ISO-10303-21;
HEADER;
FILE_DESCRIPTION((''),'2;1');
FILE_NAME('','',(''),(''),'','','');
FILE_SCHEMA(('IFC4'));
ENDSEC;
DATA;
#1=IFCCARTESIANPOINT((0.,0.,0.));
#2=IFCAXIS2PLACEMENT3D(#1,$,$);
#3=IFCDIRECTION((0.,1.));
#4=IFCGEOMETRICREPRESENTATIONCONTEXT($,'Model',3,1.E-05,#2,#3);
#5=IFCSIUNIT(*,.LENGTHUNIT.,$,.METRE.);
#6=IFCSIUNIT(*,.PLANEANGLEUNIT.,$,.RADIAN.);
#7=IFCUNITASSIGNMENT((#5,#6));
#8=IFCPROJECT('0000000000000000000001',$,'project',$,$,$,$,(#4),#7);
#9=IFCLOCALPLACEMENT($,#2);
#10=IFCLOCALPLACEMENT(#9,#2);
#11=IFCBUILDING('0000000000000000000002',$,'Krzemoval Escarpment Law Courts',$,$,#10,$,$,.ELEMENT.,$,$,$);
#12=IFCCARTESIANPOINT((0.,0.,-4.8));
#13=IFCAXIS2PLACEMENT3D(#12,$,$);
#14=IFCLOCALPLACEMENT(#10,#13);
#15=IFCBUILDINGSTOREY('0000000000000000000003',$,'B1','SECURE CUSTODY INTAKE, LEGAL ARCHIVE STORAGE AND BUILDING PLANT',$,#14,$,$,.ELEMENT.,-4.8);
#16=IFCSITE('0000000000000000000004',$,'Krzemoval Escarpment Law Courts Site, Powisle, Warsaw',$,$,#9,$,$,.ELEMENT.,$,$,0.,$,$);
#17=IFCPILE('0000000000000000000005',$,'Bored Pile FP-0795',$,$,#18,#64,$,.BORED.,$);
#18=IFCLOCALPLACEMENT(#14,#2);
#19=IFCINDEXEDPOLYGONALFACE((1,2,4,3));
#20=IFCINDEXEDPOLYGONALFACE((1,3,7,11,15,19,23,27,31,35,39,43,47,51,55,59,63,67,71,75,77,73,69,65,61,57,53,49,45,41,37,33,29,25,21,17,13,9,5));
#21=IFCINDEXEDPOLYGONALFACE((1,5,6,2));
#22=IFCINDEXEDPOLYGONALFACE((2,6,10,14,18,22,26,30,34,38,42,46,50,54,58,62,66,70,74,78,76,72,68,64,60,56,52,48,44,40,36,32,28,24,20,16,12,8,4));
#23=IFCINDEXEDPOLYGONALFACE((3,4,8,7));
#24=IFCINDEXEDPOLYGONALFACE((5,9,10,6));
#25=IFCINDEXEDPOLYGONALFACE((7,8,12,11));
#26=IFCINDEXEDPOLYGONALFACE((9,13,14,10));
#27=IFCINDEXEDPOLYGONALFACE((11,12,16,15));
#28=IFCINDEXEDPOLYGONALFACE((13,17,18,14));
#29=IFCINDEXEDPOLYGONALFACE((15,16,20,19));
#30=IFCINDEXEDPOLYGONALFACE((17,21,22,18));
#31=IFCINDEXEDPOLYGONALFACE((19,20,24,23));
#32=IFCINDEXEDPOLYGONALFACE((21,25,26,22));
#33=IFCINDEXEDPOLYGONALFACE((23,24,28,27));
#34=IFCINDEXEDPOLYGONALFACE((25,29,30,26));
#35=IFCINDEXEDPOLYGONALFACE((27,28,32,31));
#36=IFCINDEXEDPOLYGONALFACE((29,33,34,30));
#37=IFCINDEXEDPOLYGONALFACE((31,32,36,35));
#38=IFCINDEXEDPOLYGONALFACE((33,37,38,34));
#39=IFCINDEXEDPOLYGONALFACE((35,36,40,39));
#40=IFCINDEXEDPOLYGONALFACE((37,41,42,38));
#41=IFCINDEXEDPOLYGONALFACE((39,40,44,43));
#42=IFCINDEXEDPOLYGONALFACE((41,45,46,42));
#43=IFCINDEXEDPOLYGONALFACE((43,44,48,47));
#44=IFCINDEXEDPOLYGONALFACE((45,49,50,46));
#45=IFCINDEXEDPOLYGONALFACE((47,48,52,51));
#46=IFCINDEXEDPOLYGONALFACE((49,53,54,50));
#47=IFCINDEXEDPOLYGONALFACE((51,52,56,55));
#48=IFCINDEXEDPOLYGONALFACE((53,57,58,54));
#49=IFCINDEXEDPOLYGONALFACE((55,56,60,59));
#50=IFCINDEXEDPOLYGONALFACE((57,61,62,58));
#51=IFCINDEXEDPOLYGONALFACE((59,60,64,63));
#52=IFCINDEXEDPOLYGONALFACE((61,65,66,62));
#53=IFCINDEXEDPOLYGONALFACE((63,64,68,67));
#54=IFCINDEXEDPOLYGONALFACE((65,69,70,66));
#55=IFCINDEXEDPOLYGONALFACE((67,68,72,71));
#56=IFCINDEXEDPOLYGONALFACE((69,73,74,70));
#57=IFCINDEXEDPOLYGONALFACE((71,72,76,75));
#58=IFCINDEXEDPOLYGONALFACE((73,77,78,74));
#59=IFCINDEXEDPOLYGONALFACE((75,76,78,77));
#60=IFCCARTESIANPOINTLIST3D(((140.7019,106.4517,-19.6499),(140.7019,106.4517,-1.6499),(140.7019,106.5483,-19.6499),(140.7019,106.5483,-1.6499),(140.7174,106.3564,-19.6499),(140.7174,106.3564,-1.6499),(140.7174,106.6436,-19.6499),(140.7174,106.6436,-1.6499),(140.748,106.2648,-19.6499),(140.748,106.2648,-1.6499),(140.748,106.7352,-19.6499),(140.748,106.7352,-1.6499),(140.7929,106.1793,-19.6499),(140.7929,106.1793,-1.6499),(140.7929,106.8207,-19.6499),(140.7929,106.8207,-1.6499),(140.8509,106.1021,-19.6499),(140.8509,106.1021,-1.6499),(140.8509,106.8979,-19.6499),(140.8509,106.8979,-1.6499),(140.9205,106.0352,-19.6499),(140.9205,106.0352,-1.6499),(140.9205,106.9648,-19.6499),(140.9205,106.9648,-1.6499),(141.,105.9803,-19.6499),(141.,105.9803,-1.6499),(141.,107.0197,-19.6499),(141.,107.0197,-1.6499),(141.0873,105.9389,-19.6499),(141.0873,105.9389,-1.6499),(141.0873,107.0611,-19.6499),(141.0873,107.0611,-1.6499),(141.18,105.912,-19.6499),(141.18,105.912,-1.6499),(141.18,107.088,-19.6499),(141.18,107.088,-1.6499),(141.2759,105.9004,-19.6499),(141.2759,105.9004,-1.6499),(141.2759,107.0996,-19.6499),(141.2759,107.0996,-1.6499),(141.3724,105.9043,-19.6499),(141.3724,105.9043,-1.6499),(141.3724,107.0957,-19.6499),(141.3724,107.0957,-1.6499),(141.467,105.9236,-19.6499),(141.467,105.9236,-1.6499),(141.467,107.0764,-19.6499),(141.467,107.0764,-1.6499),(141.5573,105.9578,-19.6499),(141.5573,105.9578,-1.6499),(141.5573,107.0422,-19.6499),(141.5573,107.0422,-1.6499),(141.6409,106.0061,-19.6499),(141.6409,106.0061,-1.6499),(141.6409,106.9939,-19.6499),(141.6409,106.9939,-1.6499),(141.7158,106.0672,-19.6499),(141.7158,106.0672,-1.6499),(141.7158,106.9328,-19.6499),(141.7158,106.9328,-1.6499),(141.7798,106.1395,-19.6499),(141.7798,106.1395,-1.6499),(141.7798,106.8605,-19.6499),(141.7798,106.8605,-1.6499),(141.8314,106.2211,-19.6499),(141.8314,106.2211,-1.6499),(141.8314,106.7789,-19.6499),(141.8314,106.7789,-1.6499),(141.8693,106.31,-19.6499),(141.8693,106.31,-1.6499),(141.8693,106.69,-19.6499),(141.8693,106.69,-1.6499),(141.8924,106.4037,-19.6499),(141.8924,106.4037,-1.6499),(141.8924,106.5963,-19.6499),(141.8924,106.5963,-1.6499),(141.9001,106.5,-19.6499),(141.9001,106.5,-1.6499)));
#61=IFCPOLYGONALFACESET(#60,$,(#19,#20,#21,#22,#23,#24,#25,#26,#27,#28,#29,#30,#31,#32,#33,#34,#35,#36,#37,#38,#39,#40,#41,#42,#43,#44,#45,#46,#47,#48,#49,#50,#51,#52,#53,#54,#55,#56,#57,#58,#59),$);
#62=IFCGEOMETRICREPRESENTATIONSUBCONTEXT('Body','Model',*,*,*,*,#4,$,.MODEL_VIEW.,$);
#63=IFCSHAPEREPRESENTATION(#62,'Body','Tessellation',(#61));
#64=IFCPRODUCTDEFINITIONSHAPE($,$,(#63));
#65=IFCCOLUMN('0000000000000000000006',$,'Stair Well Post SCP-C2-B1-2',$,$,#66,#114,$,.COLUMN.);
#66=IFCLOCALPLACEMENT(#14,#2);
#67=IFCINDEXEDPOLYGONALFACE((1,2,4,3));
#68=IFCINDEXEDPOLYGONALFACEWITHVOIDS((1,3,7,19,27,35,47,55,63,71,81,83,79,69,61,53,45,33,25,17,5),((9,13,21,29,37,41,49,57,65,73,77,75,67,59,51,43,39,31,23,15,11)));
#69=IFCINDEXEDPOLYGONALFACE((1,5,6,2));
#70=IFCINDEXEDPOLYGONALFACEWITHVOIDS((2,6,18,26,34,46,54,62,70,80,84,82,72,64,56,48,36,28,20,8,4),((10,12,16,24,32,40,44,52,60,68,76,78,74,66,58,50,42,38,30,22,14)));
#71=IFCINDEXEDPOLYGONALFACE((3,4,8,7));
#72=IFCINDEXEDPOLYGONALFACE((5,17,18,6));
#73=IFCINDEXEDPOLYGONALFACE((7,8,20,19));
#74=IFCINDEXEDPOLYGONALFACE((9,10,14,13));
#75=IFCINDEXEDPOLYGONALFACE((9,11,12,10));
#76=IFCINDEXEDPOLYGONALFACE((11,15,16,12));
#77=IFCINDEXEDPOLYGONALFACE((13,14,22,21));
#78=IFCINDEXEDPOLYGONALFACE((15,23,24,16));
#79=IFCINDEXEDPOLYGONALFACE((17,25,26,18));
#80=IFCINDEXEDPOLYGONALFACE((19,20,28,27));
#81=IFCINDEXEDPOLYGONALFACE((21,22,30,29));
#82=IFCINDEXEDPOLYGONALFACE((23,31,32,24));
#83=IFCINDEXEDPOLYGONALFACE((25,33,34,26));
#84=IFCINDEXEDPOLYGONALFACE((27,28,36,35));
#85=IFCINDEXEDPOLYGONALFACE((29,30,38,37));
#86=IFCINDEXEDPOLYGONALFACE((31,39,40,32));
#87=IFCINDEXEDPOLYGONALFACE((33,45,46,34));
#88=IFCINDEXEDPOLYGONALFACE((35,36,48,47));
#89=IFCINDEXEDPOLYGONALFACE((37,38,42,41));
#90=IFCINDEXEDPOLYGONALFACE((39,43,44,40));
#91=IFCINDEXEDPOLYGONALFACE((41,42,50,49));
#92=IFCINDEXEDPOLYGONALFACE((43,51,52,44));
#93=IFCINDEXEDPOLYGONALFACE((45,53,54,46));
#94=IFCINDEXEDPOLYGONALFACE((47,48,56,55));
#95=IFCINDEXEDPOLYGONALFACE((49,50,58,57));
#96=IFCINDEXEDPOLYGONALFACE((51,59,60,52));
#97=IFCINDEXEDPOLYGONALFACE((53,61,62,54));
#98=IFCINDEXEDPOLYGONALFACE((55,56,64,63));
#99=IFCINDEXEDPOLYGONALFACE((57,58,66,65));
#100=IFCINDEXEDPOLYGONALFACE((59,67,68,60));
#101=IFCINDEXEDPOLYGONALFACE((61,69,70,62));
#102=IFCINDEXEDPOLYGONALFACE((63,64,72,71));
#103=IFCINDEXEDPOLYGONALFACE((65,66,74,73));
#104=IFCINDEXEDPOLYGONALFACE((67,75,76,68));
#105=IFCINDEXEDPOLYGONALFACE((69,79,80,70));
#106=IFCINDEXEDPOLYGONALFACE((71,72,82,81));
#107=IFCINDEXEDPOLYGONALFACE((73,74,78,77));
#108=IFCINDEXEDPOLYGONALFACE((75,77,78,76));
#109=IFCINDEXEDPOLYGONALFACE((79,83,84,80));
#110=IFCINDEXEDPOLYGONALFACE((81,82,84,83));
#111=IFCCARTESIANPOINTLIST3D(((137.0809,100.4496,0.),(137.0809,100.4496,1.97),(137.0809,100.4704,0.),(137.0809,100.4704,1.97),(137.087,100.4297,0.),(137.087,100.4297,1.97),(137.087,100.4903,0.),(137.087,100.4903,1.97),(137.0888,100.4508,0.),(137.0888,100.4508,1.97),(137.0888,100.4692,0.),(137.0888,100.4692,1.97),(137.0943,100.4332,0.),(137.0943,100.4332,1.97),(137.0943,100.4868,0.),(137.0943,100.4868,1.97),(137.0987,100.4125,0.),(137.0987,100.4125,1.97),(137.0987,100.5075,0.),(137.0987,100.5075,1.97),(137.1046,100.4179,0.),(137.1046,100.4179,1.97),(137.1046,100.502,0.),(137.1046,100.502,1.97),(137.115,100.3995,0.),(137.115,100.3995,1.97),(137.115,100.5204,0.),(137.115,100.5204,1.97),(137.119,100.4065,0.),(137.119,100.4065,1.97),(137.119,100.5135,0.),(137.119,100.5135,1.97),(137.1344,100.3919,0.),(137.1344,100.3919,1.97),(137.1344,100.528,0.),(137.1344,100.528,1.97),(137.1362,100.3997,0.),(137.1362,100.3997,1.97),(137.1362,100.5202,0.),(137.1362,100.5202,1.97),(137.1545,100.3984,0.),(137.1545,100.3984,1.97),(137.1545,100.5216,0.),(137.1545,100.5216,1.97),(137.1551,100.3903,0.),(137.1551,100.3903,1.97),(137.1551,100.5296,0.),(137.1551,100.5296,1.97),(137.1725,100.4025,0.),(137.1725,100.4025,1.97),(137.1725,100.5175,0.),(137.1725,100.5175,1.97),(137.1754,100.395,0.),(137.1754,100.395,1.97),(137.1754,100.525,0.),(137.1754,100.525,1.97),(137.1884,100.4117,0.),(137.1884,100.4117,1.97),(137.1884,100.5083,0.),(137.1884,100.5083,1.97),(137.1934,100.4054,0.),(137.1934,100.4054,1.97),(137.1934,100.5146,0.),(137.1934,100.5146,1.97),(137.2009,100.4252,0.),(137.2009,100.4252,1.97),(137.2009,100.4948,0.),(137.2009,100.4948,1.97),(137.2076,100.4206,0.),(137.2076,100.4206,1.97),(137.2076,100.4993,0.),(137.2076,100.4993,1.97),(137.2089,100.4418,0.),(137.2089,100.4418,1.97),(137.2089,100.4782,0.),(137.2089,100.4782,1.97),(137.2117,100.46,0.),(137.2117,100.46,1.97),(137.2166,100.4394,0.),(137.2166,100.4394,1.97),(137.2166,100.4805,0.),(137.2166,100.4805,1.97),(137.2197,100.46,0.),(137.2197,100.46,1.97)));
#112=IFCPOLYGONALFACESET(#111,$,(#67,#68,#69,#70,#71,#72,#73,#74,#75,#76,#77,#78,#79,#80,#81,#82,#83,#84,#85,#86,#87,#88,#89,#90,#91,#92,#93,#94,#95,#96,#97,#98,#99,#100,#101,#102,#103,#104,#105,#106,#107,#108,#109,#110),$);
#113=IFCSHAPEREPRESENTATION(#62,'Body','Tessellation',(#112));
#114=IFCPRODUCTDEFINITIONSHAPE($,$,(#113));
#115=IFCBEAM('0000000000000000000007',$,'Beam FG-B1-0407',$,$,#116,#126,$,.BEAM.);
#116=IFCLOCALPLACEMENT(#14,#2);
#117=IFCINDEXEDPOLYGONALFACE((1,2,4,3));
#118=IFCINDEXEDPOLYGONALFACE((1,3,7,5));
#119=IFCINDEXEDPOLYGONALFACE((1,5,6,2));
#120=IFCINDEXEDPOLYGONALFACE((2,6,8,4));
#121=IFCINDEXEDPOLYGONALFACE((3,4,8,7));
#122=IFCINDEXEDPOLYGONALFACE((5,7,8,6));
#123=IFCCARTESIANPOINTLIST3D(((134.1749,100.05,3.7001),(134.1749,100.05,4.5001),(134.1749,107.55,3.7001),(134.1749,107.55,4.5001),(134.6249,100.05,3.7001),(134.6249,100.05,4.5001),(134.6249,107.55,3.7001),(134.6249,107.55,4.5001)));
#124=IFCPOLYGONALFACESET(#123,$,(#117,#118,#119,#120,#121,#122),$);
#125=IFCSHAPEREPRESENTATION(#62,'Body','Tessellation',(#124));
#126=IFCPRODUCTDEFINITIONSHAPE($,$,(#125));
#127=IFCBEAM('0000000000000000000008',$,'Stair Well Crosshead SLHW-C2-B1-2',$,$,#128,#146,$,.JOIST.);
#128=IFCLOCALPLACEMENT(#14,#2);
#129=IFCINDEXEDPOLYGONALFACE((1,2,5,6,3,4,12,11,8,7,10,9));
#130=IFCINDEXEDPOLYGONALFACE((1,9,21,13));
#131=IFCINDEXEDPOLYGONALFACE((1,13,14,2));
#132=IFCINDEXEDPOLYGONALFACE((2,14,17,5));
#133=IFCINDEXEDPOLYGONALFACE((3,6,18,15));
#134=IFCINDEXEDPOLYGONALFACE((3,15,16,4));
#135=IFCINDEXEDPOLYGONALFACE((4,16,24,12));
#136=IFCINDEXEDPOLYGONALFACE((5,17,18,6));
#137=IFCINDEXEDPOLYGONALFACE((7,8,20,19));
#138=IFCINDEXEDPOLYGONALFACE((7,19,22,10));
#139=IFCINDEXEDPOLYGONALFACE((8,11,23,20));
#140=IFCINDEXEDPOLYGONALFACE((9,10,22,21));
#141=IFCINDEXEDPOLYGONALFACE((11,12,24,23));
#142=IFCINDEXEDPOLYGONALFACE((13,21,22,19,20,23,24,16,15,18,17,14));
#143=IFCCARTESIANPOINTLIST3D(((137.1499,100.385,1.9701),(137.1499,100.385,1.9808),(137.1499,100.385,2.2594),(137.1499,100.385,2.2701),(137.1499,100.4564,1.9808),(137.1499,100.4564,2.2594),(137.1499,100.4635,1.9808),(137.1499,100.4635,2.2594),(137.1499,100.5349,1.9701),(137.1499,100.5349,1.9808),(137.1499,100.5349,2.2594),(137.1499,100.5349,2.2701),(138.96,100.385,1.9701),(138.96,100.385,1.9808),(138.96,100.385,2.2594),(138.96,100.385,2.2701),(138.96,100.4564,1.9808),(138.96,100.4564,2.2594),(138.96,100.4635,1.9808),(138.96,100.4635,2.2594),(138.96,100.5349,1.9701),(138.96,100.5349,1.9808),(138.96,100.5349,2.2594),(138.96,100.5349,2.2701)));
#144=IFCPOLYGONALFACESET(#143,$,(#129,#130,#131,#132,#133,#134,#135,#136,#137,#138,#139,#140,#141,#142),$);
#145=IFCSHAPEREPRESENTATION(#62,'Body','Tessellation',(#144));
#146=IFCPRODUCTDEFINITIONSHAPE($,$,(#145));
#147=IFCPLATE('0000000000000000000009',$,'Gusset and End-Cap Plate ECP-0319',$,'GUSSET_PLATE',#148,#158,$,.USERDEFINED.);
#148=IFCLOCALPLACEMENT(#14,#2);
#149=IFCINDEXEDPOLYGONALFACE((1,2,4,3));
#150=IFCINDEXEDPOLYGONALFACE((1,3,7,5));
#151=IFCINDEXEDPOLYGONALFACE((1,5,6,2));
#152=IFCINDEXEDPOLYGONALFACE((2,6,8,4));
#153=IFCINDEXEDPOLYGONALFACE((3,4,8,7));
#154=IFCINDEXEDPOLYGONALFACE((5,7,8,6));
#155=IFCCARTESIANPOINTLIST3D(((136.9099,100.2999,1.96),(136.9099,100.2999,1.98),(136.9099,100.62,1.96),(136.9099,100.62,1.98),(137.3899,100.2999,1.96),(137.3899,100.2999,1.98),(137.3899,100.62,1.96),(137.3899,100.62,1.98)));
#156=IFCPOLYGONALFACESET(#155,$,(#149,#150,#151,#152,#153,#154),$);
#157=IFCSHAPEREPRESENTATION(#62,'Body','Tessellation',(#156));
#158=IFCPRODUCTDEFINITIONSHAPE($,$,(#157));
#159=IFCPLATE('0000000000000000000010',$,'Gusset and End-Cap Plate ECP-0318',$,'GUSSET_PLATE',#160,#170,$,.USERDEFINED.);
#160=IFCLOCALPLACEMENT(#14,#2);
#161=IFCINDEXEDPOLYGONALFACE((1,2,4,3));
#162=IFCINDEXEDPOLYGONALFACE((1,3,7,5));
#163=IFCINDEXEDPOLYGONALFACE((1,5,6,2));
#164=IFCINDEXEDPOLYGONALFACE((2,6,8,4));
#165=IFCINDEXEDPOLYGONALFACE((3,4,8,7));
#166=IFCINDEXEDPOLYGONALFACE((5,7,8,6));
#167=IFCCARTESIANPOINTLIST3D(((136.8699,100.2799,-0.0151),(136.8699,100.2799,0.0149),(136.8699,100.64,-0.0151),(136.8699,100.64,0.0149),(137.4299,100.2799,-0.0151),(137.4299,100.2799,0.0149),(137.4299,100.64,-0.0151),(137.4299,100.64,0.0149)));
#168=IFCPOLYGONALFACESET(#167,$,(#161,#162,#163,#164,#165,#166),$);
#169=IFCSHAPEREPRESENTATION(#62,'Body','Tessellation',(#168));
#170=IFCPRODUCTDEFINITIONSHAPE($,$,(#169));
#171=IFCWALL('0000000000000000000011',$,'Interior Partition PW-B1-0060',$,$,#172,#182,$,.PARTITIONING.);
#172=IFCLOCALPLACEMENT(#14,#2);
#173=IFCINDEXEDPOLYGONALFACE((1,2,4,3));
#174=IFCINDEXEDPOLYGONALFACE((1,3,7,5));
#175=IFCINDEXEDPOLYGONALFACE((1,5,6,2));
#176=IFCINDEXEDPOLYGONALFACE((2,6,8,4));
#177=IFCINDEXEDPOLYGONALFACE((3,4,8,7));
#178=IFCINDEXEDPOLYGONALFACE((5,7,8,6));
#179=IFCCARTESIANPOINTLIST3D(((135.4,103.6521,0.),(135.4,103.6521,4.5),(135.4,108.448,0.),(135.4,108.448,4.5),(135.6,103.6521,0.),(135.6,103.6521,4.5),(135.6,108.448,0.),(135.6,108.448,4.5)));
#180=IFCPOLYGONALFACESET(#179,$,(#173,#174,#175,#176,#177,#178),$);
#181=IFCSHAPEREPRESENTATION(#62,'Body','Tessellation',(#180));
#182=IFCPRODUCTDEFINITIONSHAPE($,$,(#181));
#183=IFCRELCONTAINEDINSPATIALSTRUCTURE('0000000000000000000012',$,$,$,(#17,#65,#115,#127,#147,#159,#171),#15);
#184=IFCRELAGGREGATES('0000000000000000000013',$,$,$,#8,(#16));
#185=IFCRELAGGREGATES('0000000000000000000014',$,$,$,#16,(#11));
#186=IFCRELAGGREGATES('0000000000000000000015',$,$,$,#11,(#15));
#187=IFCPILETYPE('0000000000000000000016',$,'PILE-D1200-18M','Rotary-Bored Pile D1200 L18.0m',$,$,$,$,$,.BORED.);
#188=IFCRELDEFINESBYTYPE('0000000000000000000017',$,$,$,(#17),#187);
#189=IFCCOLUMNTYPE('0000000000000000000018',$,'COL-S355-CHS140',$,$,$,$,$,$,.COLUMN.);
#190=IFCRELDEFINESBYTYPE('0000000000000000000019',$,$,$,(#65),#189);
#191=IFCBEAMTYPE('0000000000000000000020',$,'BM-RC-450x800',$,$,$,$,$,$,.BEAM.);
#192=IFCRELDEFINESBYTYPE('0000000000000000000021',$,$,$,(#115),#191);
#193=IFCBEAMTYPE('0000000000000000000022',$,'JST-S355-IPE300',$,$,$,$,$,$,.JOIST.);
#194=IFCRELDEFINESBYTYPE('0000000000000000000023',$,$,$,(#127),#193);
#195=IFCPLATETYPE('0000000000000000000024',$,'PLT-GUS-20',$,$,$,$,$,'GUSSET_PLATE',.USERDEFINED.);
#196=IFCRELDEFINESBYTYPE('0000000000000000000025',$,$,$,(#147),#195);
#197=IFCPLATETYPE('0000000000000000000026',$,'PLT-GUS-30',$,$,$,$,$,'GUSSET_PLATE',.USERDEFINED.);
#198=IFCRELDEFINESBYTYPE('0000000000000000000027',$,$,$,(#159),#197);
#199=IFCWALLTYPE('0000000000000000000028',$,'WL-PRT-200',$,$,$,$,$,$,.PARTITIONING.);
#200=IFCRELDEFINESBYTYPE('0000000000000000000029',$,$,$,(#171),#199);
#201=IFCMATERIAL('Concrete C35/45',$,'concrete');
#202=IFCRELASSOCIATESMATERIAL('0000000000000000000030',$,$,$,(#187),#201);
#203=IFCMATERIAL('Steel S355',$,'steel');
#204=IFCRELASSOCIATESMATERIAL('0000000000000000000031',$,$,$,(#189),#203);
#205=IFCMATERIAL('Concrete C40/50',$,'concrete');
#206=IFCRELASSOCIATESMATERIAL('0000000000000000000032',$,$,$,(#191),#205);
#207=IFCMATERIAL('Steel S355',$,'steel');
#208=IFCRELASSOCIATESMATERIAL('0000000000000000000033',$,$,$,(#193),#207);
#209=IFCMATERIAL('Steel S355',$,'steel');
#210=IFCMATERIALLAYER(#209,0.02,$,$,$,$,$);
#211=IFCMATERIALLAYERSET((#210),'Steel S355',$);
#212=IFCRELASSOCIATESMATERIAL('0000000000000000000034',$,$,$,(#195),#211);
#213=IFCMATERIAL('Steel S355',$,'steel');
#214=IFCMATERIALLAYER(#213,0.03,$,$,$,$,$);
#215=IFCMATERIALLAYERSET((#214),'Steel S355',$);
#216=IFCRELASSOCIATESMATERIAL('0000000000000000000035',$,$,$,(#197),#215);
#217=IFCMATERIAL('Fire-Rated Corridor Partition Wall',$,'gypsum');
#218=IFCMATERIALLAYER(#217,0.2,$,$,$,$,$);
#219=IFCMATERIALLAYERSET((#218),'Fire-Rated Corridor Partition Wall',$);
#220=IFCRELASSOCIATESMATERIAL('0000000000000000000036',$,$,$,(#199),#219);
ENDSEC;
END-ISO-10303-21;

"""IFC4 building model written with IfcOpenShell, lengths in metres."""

from ifc_helpers import new_model, si_unit, direction, frame, frame_2d, origin, origin_2d, place, context, subcontext, project, spatial, rectangle, circle, hollow_circle, i_section, extrude, material, layer, layer_set, material_profile, profile_set, type_object, element, save


model = new_model("IFC4")

# Units and contexts
model_context = context("Model", 3, precision=1e-05, world=origin(), true_north=direction((0.0, 1.0)))
body_context = subcontext(model_context, "Body", "Model", "MODEL_VIEW")
ifc_project = project(units=[si_unit("LENGTHUNIT", "METRE"), si_unit("PLANEANGLEUNIT", "RADIAN")], contexts=[model_context])

# Site, building, storey
site_placement = place(None, origin())
site = spatial("IfcSite", under=ifc_project, at=site_placement, Name="Krzemoval Escarpment Law Courts Site, Powisle, Warsaw", CompositionType="ELEMENT", RefElevation=0.0)
building_placement = place(site_placement, origin())
building = spatial("IfcBuilding", under=site, at=building_placement, Name="Krzemoval Escarpment Law Courts", CompositionType="ELEMENT")
storey_placement = place(building_placement, frame((0.0, 0.0, -4.8)))
storey = spatial("IfcBuildingStorey", under=building, at=storey_placement, Name="B1", Description="SECURE CUSTODY INTAKE, LEGAL ARCHIVE STORAGE AND BUILDING PLANT", CompositionType="ELEMENT", Elevation=-4.8)

# Pile
ifc_material_1 = material(Name="Concrete C35/45", Category="concrete")
ifc_material_profile_1 = material_profile(ifc_material_1, circle(Radius=0.6001, at=origin_2d()), Name="PILE D1200")
ifc_profile_set_1 = profile_set([ifc_material_profile_1], Name="Concrete C35/45")
pile_type = type_object("IfcPileType", Name="PILE-D1200-18M", Description="Rotary-Bored Pile D1200 L18.0m", PredefinedType="BORED", material=ifc_profile_set_1)
for number, where, z_axis, x_axis, name in (
    (1, (141.3, 106.5, -1.6499), (0.0, 0.0, -1.0), (1.0, 0.0, 0.0), "Bored Pile FP-0795"),
):
    element("IfcPile", number, at=place(storey_placement, frame(where, z_axis=z_axis, x_axis=x_axis)), inside=storey, type_object=pile_type, Name=name, PredefinedType="BORED", context=body_context, shape_type="SweptSolid", body=[
        extrude(circle(Radius=0.6001, at=origin_2d()), origin(), (0.0, 0.0, 1.0), 18.0),
    ])

# Column
ifc_material_2 = material(Name="Steel S355", Category="steel")
ifc_material_profile_2 = material_profile(ifc_material_2, hollow_circle(Radius=0.0698, WallThickness=0.0081, at=origin_2d()), Name="CHS 139.7x8")
ifc_profile_set_2 = profile_set([ifc_material_profile_2], Name="Steel S355")
column_type = type_object("IfcColumnType", Name="COL-S355-CHS140", PredefinedType="COLUMN", material=ifc_profile_set_2)
column_placement = place(storey_placement, frame((137.1499, 100.46, 0.0), z_axis=(0.0, 0.0, 1.0), x_axis=(1.0, 0.0, 0.0)))
element("IfcColumn", 2, at=column_placement, inside=storey, type_object=column_type, Name="Stair Well Post SCP-C2-B1-2", PredefinedType="COLUMN", context=body_context, shape_type="SweptSolid", body=[
    extrude(hollow_circle(Radius=0.0698, WallThickness=0.0081, at=origin_2d()), origin(), (0.0, 0.0, 1.0), 1.97),
])

# Beams
ifc_material_3 = material(Name="Concrete C40/50", Category="concrete")
ifc_material_profile_3 = material_profile(ifc_material_3, rectangle(XDim=0.45, YDim=0.8, at=origin_2d()), Name="RCB 450x800")
ifc_profile_set_3 = profile_set([ifc_material_profile_3], Name="Concrete C40/50")
beam_type_1 = type_object("IfcBeamType", Name="BM-RC-450x800", PredefinedType="BEAM", material=ifc_profile_set_3)
beam_1_placement = place(storey_placement, frame((134.3999, 100.05, 4.1001), z_axis=(0.0, 1.0, 0.0), x_axis=(-1.0, 0.0, 0.0)))
element("IfcBeam", 3, at=beam_1_placement, inside=storey, type_object=beam_type_1, Name="Beam FG-B1-0407", PredefinedType="BEAM", context=body_context, shape_type="SweptSolid", body=[
    extrude(rectangle(XDim=0.45, YDim=0.8, at=origin_2d()), origin(), (0.0, 0.0, 1.0), 7.5),
])
ifc_material_4 = material(Name="Steel S355", Category="steel")
ifc_material_profile_4 = material_profile(ifc_material_4, i_section(OverallWidth=0.1499, OverallDepth=0.3, WebThickness=0.0071, FlangeThickness=0.0107, at=origin_2d()), Name="IPE 300")
ifc_profile_set_4 = profile_set([ifc_material_profile_4], Name="Steel S355")
beam_type_2 = type_object("IfcBeamType", Name="JST-S355-IPE300", PredefinedType="JOIST", material=ifc_profile_set_4)
beam_2_placement = place(storey_placement, frame((137.1499, 100.46, 2.1201), z_axis=(1.0, 0.0, 0.0), x_axis=(0.0, 1.0, 0.0)))
element("IfcBeam", 4, at=beam_2_placement, inside=storey, type_object=beam_type_2, Name="Stair Well Crosshead SLHW-C2-B1-2", PredefinedType="JOIST", context=body_context, shape_type="SweptSolid", body=[
    extrude(i_section(OverallWidth=0.1499, OverallDepth=0.3, WebThickness=0.0071, FlangeThickness=0.0107, at=origin_2d()), origin(), (0.0, 0.0, 1.0), 1.8101),
])

# Plates
ifc_material_5 = material(Name="Steel S355", Category="steel")
ifc_layer_1 = layer(ifc_material_5, 0.02)
ifc_layer_set_1 = layer_set([ifc_layer_1], Name="Steel S355")
plate_type_1 = type_object("IfcPlateType", Name="PLT-GUS-20", ElementType="GUSSET_PLATE", PredefinedType="USERDEFINED", material=ifc_layer_set_1)
plate_1_placement = place(storey_placement, frame((137.1499, 100.46, 1.96), z_axis=(0.0, 0.0, 1.0), x_axis=(1.0, 0.0, 0.0)))
element("IfcPlate", 5, at=plate_1_placement, inside=storey, type_object=plate_type_1, Name="Gusset and End-Cap Plate ECP-0319", ObjectType="GUSSET_PLATE", PredefinedType="USERDEFINED", context=body_context, shape_type="SweptSolid", body=[
    extrude(rectangle(XDim=0.48, YDim=0.3201, at=origin_2d()), origin(), (0.0, 0.0, 1.0), 0.02),
])
ifc_material_6 = material(Name="Steel S355", Category="steel")
ifc_layer_2 = layer(ifc_material_6, 0.03)
ifc_layer_set_2 = layer_set([ifc_layer_2], Name="Steel S355")
plate_type_2 = type_object("IfcPlateType", Name="PLT-GUS-30", ElementType="GUSSET_PLATE", PredefinedType="USERDEFINED", material=ifc_layer_set_2)
plate_2_placement = place(storey_placement, frame((137.1499, 100.46, -0.0151), z_axis=(0.0, 0.0, 1.0), x_axis=(1.0, 0.0, 0.0)))
element("IfcPlate", 6, at=plate_2_placement, inside=storey, type_object=plate_type_2, Name="Gusset and End-Cap Plate ECP-0318", ObjectType="GUSSET_PLATE", PredefinedType="USERDEFINED", context=body_context, shape_type="SweptSolid", body=[
    extrude(rectangle(XDim=0.5601, YDim=0.3601, at=origin_2d()), origin(), (0.0, 0.0, 1.0), 0.03),
])

# Wall
ifc_material_7 = material(Name="Fire-Rated Corridor Partition Wall", Category="gypsum")
ifc_layer_3 = layer(ifc_material_7, 0.2)
ifc_layer_set_3 = layer_set([ifc_layer_3], Name="Fire-Rated Corridor Partition Wall")
wall_type_1 = type_object("IfcWallType", Name="WL-PRT-200", PredefinedType="PARTITIONING", material=ifc_layer_set_3)
wall_1_placement = place(storey_placement, frame((135.5, 103.6521, 0.0), z_axis=(0.0, 0.0, 1.0), x_axis=(0.0, 1.0, 0.0)))
element("IfcWall", 7, at=wall_1_placement, inside=storey, type_object=wall_type_1, Name="Interior Partition PW-B1-0060", PredefinedType="PARTITIONING", context=body_context, shape_type="SweptSolid", body=[
    extrude(rectangle(XDim=4.7959, YDim=0.2, at=frame_2d((2.3979, 0.0))), origin(), (0.0, 0.0, 1.0), 4.5),
])

save(model, "model.ifc")
